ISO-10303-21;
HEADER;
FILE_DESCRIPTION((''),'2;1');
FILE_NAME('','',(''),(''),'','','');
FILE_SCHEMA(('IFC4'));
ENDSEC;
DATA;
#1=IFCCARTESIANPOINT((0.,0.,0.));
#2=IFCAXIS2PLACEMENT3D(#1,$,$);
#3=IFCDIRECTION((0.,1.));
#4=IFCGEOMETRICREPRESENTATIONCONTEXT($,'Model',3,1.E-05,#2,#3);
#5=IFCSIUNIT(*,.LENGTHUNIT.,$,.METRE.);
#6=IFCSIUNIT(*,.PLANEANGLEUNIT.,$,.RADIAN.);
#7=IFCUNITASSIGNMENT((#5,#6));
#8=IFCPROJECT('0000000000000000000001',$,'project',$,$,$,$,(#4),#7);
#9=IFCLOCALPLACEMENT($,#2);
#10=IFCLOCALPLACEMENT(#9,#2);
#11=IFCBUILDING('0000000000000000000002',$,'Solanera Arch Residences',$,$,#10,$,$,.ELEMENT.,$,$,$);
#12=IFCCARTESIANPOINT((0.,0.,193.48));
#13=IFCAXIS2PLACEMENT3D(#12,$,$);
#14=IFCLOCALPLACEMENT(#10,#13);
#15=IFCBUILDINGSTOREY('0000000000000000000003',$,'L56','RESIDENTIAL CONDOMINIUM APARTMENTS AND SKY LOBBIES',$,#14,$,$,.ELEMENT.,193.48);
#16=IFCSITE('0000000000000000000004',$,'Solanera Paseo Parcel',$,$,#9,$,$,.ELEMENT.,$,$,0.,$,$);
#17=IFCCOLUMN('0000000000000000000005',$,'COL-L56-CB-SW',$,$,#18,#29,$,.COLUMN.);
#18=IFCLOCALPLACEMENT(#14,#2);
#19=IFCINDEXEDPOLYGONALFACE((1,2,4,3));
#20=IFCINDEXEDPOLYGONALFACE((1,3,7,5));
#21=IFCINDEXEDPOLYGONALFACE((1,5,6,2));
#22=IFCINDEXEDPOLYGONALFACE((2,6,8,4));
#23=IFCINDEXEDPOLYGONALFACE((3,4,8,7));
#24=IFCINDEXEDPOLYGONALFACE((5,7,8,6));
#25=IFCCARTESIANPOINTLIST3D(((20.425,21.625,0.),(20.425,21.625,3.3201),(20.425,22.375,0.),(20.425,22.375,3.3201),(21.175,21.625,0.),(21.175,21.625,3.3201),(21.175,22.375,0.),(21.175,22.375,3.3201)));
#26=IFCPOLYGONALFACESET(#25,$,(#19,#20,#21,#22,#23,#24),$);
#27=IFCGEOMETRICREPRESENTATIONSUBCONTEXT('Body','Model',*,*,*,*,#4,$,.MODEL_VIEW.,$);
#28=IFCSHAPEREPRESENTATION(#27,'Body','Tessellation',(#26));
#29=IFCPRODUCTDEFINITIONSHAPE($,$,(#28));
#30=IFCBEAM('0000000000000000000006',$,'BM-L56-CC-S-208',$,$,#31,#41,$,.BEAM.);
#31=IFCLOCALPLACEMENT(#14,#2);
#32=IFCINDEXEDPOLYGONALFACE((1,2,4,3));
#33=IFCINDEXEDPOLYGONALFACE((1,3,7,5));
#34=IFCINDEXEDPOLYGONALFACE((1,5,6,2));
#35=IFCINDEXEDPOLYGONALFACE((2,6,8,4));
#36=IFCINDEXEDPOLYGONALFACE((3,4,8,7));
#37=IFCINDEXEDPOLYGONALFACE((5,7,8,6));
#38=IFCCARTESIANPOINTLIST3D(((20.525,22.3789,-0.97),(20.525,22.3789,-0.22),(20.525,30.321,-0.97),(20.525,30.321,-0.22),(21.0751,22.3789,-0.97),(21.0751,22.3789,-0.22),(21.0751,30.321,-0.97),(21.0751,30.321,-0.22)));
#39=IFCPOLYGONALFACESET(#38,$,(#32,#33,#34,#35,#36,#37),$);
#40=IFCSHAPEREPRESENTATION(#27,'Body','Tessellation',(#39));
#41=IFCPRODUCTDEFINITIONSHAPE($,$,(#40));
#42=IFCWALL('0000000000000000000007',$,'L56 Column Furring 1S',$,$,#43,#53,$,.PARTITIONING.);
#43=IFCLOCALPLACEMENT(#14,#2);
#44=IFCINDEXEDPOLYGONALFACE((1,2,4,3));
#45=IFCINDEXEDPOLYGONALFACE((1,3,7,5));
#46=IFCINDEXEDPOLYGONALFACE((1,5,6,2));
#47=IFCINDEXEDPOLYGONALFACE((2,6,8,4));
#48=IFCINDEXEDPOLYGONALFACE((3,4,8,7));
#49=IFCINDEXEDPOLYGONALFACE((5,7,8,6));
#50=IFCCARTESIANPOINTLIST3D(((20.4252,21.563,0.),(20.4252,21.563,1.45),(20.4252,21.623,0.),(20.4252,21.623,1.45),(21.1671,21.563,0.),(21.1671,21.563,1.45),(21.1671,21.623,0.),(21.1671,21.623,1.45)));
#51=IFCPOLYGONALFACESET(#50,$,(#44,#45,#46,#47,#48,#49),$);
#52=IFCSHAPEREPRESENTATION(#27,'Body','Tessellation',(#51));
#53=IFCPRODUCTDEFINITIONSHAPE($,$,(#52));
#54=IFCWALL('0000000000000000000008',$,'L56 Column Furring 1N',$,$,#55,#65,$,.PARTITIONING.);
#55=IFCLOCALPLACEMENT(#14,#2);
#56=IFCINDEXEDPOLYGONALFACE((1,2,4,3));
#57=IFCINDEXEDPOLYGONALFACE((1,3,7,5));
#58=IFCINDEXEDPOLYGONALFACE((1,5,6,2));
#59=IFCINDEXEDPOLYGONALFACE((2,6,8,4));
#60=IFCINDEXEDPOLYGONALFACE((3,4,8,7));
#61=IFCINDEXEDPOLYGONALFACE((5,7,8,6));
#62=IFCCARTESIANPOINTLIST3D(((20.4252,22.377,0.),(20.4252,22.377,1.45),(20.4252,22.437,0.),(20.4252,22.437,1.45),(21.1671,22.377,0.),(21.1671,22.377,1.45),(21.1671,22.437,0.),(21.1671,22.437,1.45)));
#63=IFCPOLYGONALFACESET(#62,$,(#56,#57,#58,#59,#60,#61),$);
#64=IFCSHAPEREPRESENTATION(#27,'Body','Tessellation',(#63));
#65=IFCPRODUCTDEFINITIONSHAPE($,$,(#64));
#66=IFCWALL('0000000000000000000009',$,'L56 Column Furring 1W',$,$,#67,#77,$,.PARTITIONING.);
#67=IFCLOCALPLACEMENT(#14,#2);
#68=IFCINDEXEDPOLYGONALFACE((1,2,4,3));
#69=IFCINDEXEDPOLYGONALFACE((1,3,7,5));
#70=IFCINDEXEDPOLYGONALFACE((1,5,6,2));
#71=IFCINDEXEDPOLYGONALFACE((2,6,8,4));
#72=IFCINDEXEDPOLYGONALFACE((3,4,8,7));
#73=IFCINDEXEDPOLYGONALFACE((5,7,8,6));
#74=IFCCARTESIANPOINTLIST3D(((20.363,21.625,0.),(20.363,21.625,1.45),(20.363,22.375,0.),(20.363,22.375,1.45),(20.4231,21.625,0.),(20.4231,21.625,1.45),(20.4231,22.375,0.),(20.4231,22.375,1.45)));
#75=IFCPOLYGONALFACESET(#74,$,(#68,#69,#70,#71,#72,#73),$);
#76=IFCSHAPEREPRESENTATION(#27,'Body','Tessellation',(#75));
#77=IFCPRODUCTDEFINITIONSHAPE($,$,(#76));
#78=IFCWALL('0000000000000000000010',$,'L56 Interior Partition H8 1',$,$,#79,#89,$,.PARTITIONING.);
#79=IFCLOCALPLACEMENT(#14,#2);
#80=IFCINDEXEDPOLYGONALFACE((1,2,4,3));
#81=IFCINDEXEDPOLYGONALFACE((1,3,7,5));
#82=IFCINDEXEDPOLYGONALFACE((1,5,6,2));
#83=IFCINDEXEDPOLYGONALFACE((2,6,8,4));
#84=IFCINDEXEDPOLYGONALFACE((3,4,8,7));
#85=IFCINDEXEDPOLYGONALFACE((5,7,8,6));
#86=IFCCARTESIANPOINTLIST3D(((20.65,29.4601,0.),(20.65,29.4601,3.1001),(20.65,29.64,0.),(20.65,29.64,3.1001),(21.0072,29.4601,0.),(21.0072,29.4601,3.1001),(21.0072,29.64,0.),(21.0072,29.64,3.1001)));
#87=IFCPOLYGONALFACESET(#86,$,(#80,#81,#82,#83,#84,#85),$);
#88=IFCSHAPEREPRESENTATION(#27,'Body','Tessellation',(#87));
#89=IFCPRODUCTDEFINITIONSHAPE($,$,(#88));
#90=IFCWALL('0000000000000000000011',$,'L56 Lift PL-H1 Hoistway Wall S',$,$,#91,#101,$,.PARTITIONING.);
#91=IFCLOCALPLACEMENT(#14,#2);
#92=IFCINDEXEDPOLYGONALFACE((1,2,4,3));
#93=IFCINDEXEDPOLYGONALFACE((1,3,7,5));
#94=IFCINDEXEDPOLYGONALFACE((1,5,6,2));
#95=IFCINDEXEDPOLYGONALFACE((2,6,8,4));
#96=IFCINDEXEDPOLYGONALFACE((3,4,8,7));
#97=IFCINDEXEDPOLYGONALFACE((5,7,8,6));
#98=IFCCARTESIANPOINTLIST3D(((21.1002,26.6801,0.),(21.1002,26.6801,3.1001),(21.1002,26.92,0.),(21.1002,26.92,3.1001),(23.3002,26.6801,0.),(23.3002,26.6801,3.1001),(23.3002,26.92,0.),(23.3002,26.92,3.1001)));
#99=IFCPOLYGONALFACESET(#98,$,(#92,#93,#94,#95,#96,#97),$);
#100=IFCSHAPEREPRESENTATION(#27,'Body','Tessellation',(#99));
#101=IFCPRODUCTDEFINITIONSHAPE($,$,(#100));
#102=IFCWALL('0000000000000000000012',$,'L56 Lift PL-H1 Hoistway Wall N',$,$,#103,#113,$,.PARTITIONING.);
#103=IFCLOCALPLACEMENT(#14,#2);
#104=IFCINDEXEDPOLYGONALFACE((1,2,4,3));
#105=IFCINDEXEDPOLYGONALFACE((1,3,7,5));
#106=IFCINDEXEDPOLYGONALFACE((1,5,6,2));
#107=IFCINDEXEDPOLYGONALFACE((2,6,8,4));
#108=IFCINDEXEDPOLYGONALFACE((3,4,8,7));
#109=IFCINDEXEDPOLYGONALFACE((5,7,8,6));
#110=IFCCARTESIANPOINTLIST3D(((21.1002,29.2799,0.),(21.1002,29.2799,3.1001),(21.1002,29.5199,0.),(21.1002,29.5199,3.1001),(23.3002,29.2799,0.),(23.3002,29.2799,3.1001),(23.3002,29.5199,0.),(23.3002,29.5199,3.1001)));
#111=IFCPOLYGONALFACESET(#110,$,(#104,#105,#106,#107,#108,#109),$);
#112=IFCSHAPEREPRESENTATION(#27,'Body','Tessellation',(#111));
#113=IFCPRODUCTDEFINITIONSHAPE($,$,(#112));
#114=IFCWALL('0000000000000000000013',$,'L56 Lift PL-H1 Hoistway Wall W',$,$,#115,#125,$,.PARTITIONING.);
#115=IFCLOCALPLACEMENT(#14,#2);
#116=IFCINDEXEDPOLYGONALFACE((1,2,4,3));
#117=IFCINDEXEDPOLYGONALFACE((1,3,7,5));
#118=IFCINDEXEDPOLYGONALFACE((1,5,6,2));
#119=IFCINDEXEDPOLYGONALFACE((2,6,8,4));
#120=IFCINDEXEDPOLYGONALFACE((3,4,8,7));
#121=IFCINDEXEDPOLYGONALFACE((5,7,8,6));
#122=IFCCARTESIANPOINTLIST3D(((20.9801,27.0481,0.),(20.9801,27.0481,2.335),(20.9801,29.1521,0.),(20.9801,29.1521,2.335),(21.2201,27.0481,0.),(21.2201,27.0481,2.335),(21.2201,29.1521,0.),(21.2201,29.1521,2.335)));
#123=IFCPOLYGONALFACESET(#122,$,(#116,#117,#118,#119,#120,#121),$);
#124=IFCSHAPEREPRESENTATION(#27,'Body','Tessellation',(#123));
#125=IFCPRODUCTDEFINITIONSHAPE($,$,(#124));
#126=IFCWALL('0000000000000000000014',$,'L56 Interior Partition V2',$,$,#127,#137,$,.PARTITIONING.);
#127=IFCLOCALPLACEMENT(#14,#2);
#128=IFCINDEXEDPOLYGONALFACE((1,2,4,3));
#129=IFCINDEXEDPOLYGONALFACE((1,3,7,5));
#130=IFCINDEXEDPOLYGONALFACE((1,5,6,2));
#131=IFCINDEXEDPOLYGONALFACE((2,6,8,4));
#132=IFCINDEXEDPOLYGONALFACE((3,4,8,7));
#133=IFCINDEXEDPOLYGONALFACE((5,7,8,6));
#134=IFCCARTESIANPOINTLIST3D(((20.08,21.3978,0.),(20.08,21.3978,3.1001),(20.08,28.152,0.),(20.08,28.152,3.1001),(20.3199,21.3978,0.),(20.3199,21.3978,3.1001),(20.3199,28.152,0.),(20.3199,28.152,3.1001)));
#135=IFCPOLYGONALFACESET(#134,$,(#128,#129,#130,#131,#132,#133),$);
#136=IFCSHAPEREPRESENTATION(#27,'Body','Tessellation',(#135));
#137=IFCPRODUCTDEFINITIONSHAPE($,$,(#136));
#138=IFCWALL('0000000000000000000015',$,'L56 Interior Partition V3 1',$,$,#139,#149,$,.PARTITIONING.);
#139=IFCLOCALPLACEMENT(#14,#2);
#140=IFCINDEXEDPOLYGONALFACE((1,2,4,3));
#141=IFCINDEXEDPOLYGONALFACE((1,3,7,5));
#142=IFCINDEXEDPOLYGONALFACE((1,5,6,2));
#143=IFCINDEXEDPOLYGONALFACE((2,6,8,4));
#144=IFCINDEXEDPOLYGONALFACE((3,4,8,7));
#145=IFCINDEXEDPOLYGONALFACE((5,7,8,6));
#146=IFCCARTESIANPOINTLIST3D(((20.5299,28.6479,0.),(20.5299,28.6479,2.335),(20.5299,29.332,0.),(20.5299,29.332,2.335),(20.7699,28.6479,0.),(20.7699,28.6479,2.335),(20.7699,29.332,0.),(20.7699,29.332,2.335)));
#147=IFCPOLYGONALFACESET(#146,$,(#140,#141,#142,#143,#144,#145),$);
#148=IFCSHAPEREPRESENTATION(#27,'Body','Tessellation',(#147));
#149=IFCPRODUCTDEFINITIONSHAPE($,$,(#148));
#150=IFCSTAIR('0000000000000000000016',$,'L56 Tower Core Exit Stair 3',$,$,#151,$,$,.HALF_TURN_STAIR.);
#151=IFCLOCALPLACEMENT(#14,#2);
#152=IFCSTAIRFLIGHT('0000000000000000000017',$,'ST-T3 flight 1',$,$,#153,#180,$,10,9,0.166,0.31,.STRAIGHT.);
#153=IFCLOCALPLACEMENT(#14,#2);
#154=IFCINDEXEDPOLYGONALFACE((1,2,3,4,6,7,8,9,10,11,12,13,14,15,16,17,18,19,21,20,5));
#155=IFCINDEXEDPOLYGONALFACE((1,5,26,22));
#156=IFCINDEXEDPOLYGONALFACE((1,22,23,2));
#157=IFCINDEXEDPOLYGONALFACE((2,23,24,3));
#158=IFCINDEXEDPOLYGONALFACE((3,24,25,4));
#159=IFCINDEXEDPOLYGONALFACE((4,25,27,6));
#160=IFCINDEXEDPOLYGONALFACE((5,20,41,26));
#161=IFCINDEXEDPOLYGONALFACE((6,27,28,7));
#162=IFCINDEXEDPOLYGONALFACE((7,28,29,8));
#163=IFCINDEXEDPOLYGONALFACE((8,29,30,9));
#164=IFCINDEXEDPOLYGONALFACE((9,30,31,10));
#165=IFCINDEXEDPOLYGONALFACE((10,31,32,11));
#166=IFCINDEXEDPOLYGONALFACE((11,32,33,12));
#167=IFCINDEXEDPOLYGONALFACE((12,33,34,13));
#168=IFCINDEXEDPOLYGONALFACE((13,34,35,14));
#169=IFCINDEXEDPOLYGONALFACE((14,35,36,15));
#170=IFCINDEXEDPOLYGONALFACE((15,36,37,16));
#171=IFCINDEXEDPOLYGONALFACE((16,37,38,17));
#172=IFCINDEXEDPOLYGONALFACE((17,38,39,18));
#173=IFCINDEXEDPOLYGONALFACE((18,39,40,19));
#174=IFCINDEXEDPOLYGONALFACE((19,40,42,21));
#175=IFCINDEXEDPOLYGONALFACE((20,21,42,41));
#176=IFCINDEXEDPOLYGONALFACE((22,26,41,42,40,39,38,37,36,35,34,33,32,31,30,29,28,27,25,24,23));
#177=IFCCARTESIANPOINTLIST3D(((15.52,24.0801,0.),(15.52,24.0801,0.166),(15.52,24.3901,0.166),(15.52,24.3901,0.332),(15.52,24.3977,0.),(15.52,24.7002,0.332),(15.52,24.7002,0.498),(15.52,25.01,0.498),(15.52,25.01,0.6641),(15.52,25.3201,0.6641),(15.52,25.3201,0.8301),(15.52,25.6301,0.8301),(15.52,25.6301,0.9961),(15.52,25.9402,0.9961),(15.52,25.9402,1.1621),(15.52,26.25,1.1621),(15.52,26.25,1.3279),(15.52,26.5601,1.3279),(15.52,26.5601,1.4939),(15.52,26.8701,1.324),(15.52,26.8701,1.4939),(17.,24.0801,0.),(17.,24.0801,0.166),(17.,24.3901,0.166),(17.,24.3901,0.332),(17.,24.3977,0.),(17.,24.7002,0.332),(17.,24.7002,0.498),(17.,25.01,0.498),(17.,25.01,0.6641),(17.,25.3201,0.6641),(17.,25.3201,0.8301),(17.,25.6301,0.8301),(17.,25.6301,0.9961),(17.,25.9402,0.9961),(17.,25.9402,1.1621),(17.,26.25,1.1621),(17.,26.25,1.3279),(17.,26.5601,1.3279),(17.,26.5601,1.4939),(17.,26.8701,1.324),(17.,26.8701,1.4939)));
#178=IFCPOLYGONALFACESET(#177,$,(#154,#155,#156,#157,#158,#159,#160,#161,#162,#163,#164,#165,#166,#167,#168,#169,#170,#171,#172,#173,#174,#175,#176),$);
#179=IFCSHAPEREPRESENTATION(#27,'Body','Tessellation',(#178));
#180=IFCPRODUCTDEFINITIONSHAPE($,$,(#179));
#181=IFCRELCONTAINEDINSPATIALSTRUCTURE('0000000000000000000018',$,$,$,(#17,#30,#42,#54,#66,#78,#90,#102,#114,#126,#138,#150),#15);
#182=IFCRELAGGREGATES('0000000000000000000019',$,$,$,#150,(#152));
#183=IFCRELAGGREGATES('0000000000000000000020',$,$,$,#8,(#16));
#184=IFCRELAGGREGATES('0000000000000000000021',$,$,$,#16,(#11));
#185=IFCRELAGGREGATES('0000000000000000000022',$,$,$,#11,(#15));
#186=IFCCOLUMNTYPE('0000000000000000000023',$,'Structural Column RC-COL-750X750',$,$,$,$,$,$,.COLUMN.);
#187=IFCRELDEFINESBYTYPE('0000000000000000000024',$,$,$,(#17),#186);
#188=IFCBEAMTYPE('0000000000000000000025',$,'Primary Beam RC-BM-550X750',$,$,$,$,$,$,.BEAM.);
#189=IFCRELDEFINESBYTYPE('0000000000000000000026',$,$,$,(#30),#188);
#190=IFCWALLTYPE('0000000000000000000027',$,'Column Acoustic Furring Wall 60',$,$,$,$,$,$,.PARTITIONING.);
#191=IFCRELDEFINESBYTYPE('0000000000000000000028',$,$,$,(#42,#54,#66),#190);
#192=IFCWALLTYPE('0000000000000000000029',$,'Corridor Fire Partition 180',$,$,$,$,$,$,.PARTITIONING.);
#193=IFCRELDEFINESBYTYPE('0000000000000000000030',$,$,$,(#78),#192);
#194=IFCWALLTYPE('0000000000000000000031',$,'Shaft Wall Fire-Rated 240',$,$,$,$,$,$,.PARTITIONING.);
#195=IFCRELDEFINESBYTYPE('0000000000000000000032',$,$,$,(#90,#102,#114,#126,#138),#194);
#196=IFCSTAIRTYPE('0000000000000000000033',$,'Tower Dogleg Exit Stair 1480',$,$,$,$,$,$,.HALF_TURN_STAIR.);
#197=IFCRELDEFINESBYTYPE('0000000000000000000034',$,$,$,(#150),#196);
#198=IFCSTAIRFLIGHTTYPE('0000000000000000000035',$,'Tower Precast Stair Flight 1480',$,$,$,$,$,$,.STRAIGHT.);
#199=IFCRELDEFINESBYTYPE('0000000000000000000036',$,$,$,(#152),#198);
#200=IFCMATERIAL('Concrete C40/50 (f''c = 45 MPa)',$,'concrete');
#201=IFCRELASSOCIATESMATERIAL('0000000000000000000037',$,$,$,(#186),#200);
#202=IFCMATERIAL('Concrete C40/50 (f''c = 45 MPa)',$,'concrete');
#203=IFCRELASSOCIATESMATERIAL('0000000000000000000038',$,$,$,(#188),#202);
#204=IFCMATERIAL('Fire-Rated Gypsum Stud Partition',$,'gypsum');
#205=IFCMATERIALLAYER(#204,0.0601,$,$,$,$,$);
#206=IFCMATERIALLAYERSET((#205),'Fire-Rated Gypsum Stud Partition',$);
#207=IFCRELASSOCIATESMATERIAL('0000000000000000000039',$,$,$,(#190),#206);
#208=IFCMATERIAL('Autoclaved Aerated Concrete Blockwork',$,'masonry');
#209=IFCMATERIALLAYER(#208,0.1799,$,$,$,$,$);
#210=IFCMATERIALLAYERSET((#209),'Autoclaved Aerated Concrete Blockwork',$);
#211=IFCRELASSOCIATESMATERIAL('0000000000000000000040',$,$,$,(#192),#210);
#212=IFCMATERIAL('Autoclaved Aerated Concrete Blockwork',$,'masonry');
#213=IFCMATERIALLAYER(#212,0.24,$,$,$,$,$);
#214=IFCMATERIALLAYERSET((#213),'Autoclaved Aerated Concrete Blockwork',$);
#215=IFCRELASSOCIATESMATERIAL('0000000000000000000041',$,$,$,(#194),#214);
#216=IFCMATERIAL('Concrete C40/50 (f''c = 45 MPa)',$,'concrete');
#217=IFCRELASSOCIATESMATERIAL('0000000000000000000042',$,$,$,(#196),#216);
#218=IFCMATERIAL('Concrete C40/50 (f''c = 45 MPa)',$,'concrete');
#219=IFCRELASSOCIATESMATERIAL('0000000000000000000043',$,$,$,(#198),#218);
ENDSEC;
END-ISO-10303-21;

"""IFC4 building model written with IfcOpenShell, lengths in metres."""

from ifc_helpers import new_model, si_unit, direction, frame, frame_2d, origin, origin_2d, place, context, subcontext, project, spatial, polyline, rectangle, outline, extrude, material, layer, layer_set, material_profile, profile_set, type_object, element, aggregate, save


model = new_model("IFC4")

# Units and contexts
model_context = context("Model", 3, precision=1e-05, world=origin(), true_north=direction((0.0, 1.0)))
body_context = subcontext(model_context, "Body", "Model", "MODEL_VIEW")
ifc_project = project(units=[si_unit("LENGTHUNIT", "METRE"), si_unit("PLANEANGLEUNIT", "RADIAN")], contexts=[model_context])

# Site, building, storey
site_placement = place(None, origin())
site = spatial("IfcSite", under=ifc_project, at=site_placement, Name="Solanera Paseo Parcel", CompositionType="ELEMENT", RefElevation=0.0)
building_placement = place(site_placement, origin())
building = spatial("IfcBuilding", under=site, at=building_placement, Name="Solanera Arch Residences", CompositionType="ELEMENT")
storey_placement = place(building_placement, frame((0.0, 0.0, 193.48)))
storey = spatial("IfcBuildingStorey", under=building, at=storey_placement, Name="L56", Description="RESIDENTIAL CONDOMINIUM APARTMENTS AND SKY LOBBIES", CompositionType="ELEMENT", Elevation=193.48)

# Column
ifc_material_1 = material(Name="Concrete C40/50 (f'c = 45 MPa)", Category="concrete")
ifc_material_profile_1 = material_profile(ifc_material_1, rectangle(XDim=0.75, YDim=0.75, at=origin_2d()))
ifc_profile_set_1 = profile_set([ifc_material_profile_1], Name="Concrete C40/50 (f'c = 45 MPa)")
column_type = type_object("IfcColumnType", Name="Structural Column RC-COL-750X750", PredefinedType="COLUMN", material=ifc_profile_set_1)
column_placement = place(storey_placement, frame((20.8, 22.0, 0.0), z_axis=(0.0, 0.0, 1.0), x_axis=(1.0, 0.0, 0.0)))
element("IfcColumn", 1, at=column_placement, inside=storey, type_object=column_type, Name="COL-L56-CB-SW", PredefinedType="COLUMN", context=body_context, shape_type="SweptSolid", body=[
    extrude(rectangle(XDim=0.75, YDim=0.75, at=origin_2d()), origin(), (0.0, 0.0, 1.0), 3.3201),
])

# Beam
ifc_material_2 = material(Name="Concrete C40/50 (f'c = 45 MPa)", Category="concrete")
ifc_material_profile_2 = material_profile(ifc_material_2, rectangle(XDim=0.55, YDim=0.75, at=origin_2d()))
ifc_profile_set_2 = profile_set([ifc_material_profile_2], Name="Concrete C40/50 (f'c = 45 MPa)")
beam_type = type_object("IfcBeamType", Name="Primary Beam RC-BM-550X750", PredefinedType="BEAM", material=ifc_profile_set_2)
beam_placement = place(storey_placement, frame((20.8, 22.3789, -0.595), z_axis=(0.0, 1.0, 0.0), x_axis=(-1.0, 0.0, 0.0)))
element("IfcBeam", 2, at=beam_placement, inside=storey, type_object=beam_type, Name="BM-L56-CC-S-208", PredefinedType="BEAM", context=body_context, shape_type="SweptSolid", body=[
    extrude(rectangle(XDim=0.55, YDim=0.75, at=origin_2d()), origin(), (0.0, 0.0, 1.0), 7.9421),
])

# Walls
ifc_material_3 = material(Name="Fire-Rated Gypsum Stud Partition", Category="gypsum")
ifc_layer_1 = layer(ifc_material_3, 0.0601)
ifc_layer_set_1 = layer_set([ifc_layer_1], Name="Fire-Rated Gypsum Stud Partition")
wall_type_1 = type_object("IfcWallType", Name="Column Acoustic Furring Wall 60", PredefinedType="PARTITIONING", material=ifc_layer_set_1)
for number, where, z_axis, x_axis, name in (
    (3, (20.425, 21.593, 0.0), (0.0, 0.0, 1.0), (1.0, 0.0, 0.0), "L56 Column Furring 1S"),
    (4, (20.425, 22.407, 0.0), (0.0, 0.0, 1.0), (1.0, 0.0, 0.0), "L56 Column Furring 1N"),
):
    element("IfcWall", number, at=place(storey_placement, frame(where, z_axis=z_axis, x_axis=x_axis)), inside=storey, type_object=wall_type_1, Name=name, PredefinedType="PARTITIONING", context=body_context, shape_type="SweptSolid", body=[
        extrude(rectangle(XDim=0.7419, YDim=0.0601, at=frame_2d((0.3711, 0.0))), origin(), (0.0, 0.0, 1.0), 1.45),
    ])
wall_1_placement = place(storey_placement, frame((20.3931, 21.625, 0.0), z_axis=(0.0, 0.0, 1.0), x_axis=(0.0, 1.0, 0.0)))
element("IfcWall", 5, at=wall_1_placement, inside=storey, type_object=wall_type_1, Name="L56 Column Furring 1W", PredefinedType="PARTITIONING", context=body_context, shape_type="SweptSolid", body=[
    extrude(rectangle(XDim=0.75, YDim=0.0601, at=frame_2d((0.375, 0.0))), origin(), (0.0, 0.0, 1.0), 1.45),
])

# Walls
ifc_material_4 = material(Name="Autoclaved Aerated Concrete Blockwork", Category="masonry")
ifc_layer_2 = layer(ifc_material_4, 0.1799)
ifc_layer_set_2 = layer_set([ifc_layer_2], Name="Autoclaved Aerated Concrete Blockwork")
wall_type_2 = type_object("IfcWallType", Name="Corridor Fire Partition 180", PredefinedType="PARTITIONING", material=ifc_layer_set_2)
wall_2_placement = place(storey_placement, frame((20.6499, 29.55, 0.0), z_axis=(0.0, 0.0, 1.0), x_axis=(1.0, 0.0, 0.0)))
element("IfcWall", 6, at=wall_2_placement, inside=storey, type_object=wall_type_2, Name="L56 Interior Partition H8 1", PredefinedType="PARTITIONING", context=body_context, shape_type="SweptSolid", body=[
    extrude(rectangle(XDim=0.3572, YDim=0.1799, at=frame_2d((0.1787, 0.0))), origin(), (0.0, 0.0, 1.0), 3.1001),
])
ifc_material_5 = material(Name="Autoclaved Aerated Concrete Blockwork", Category="masonry")
ifc_layer_3 = layer(ifc_material_5, 0.24)
ifc_layer_set_3 = layer_set([ifc_layer_3], Name="Autoclaved Aerated Concrete Blockwork")
wall_type_3 = type_object("IfcWallType", Name="Shaft Wall Fire-Rated 240", PredefinedType="PARTITIONING", material=ifc_layer_set_3)
for number, where, z_axis, x_axis, name in (
    (7, (21.1001, 26.8, 0.0), (0.0, 0.0, 1.0), (1.0, 0.0, 0.0), "L56 Lift PL-H1 Hoistway Wall S"),
    (8, (21.1001, 29.3999, 0.0), (0.0, 0.0, 1.0), (1.0, 0.0, 0.0), "L56 Lift PL-H1 Hoistway Wall N"),
):
    element("IfcWall", number, at=place(storey_placement, frame(where, z_axis=z_axis, x_axis=x_axis)), inside=storey, type_object=wall_type_3, Name=name, PredefinedType="PARTITIONING", context=body_context, shape_type="SweptSolid", body=[
        extrude(rectangle(XDim=2.2, YDim=0.24, at=frame_2d((1.1001, 0.0))), origin(), (0.0, 0.0, 1.0), 3.1001),
    ])
wall_3_placement = place(storey_placement, frame((21.1001, 27.0481, 0.0), z_axis=(0.0, 0.0, 1.0), x_axis=(0.0, 1.0, 0.0)))
element("IfcWall", 9, at=wall_3_placement, inside=storey, type_object=wall_type_3, Name="L56 Lift PL-H1 Hoistway Wall W", PredefinedType="PARTITIONING", context=body_context, shape_type="SweptSolid", body=[
    extrude(rectangle(XDim=2.104, YDim=0.24, at=frame_2d((1.052, 0.0))), origin(), (0.0, 0.0, 1.0), 2.335),
])

# Walls
wall_4_placement = place(storey_placement, frame((20.2, 21.3979, 0.0), z_axis=(0.0, 0.0, 1.0), x_axis=(0.0, 1.0, 0.0)))
element("IfcWall", 10, at=wall_4_placement, inside=storey, type_object=wall_type_3, Name="L56 Interior Partition V2", PredefinedType="PARTITIONING", context=body_context, shape_type="SweptSolid", body=[
    extrude(rectangle(XDim=6.7542, YDim=0.24, at=frame_2d((3.377, 0.0))), origin(), (0.0, 0.0, 1.0), 3.1001),
])
wall_5_placement = place(storey_placement, frame((20.6499, 28.6479, 0.0), z_axis=(0.0, 0.0, 1.0), x_axis=(0.0, 1.0, 0.0)))
element("IfcWall", 11, at=wall_5_placement, inside=storey, type_object=wall_type_3, Name="L56 Interior Partition V3 1", PredefinedType="PARTITIONING", context=body_context, shape_type="SweptSolid", body=[
    extrude(rectangle(XDim=0.6841, YDim=0.24, at=frame_2d((0.342, 0.0))), origin(), (0.0, 0.0, 1.0), 2.335),
])

# Stair, stair flight
ifc_material_6 = material(Name="Concrete C40/50 (f'c = 45 MPa)", Category="concrete")
stair_type = type_object("IfcStairType", Name="Tower Dogleg Exit Stair 1480", PredefinedType="HALF_TURN_STAIR", material=ifc_material_6)
stair_placement = place(storey_placement, origin())
stair = element("IfcStair", 12, at=stair_placement, inside=storey, type_object=stair_type, Name="L56 Tower Core Exit Stair 3", PredefinedType="HALF_TURN_STAIR")
ifc_material_7 = material(Name="Concrete C40/50 (f'c = 45 MPa)", Category="concrete")
stair_flight_type = type_object("IfcStairFlightType", Name="Tower Precast Stair Flight 1480", PredefinedType="STRAIGHT", material=ifc_material_7)
stair_flight_placement = place(storey_placement, frame((16.26, 24.0801, 0.0), z_axis=(0.0, 0.0, 1.0), x_axis=(0.0, 1.0, 0.0)))
stair_flight = element("IfcStairFlight", 13, at=stair_flight_placement, type_object=stair_flight_type, Name="ST-T3 flight 1", NumberOfRisers=10, NumberOfTreads=9, PredefinedType="STRAIGHT", RiserHeight=0.166, TreadLength=0.31, context=body_context, shape_type="SweptSolid", body=[
    extrude(outline(polyline([(0.0, 0.0), (0.0, 0.166), (0.3101, 0.166), (0.3101, 0.332), (0.6201, 0.332), (0.6201, 0.498), (0.9299, 0.498), (0.9299, 0.6641), (1.24, 0.6641), (1.24, 0.8301), (1.55, 0.8301), (1.55, 0.9961), (1.8601, 0.9961), (1.8601, 1.1621), (2.1699, 1.1621), (2.1699, 1.3279), (2.48, 1.3279), (2.48, 1.4939), (2.79, 1.4939), (2.79, 1.6599), (2.79, 1.324), (0.3176, 0.0), (0.0, 0.0)])), frame((0.0, 0.74, 0.0), z_axis=(0.0, -1.0, 0.0), x_axis=(1.0, 0.0, 0.0)), (0.0, 0.0, 1.0), 1.48),
])
aggregate(stair, [stair_flight])

save(model, "model.ifc")
